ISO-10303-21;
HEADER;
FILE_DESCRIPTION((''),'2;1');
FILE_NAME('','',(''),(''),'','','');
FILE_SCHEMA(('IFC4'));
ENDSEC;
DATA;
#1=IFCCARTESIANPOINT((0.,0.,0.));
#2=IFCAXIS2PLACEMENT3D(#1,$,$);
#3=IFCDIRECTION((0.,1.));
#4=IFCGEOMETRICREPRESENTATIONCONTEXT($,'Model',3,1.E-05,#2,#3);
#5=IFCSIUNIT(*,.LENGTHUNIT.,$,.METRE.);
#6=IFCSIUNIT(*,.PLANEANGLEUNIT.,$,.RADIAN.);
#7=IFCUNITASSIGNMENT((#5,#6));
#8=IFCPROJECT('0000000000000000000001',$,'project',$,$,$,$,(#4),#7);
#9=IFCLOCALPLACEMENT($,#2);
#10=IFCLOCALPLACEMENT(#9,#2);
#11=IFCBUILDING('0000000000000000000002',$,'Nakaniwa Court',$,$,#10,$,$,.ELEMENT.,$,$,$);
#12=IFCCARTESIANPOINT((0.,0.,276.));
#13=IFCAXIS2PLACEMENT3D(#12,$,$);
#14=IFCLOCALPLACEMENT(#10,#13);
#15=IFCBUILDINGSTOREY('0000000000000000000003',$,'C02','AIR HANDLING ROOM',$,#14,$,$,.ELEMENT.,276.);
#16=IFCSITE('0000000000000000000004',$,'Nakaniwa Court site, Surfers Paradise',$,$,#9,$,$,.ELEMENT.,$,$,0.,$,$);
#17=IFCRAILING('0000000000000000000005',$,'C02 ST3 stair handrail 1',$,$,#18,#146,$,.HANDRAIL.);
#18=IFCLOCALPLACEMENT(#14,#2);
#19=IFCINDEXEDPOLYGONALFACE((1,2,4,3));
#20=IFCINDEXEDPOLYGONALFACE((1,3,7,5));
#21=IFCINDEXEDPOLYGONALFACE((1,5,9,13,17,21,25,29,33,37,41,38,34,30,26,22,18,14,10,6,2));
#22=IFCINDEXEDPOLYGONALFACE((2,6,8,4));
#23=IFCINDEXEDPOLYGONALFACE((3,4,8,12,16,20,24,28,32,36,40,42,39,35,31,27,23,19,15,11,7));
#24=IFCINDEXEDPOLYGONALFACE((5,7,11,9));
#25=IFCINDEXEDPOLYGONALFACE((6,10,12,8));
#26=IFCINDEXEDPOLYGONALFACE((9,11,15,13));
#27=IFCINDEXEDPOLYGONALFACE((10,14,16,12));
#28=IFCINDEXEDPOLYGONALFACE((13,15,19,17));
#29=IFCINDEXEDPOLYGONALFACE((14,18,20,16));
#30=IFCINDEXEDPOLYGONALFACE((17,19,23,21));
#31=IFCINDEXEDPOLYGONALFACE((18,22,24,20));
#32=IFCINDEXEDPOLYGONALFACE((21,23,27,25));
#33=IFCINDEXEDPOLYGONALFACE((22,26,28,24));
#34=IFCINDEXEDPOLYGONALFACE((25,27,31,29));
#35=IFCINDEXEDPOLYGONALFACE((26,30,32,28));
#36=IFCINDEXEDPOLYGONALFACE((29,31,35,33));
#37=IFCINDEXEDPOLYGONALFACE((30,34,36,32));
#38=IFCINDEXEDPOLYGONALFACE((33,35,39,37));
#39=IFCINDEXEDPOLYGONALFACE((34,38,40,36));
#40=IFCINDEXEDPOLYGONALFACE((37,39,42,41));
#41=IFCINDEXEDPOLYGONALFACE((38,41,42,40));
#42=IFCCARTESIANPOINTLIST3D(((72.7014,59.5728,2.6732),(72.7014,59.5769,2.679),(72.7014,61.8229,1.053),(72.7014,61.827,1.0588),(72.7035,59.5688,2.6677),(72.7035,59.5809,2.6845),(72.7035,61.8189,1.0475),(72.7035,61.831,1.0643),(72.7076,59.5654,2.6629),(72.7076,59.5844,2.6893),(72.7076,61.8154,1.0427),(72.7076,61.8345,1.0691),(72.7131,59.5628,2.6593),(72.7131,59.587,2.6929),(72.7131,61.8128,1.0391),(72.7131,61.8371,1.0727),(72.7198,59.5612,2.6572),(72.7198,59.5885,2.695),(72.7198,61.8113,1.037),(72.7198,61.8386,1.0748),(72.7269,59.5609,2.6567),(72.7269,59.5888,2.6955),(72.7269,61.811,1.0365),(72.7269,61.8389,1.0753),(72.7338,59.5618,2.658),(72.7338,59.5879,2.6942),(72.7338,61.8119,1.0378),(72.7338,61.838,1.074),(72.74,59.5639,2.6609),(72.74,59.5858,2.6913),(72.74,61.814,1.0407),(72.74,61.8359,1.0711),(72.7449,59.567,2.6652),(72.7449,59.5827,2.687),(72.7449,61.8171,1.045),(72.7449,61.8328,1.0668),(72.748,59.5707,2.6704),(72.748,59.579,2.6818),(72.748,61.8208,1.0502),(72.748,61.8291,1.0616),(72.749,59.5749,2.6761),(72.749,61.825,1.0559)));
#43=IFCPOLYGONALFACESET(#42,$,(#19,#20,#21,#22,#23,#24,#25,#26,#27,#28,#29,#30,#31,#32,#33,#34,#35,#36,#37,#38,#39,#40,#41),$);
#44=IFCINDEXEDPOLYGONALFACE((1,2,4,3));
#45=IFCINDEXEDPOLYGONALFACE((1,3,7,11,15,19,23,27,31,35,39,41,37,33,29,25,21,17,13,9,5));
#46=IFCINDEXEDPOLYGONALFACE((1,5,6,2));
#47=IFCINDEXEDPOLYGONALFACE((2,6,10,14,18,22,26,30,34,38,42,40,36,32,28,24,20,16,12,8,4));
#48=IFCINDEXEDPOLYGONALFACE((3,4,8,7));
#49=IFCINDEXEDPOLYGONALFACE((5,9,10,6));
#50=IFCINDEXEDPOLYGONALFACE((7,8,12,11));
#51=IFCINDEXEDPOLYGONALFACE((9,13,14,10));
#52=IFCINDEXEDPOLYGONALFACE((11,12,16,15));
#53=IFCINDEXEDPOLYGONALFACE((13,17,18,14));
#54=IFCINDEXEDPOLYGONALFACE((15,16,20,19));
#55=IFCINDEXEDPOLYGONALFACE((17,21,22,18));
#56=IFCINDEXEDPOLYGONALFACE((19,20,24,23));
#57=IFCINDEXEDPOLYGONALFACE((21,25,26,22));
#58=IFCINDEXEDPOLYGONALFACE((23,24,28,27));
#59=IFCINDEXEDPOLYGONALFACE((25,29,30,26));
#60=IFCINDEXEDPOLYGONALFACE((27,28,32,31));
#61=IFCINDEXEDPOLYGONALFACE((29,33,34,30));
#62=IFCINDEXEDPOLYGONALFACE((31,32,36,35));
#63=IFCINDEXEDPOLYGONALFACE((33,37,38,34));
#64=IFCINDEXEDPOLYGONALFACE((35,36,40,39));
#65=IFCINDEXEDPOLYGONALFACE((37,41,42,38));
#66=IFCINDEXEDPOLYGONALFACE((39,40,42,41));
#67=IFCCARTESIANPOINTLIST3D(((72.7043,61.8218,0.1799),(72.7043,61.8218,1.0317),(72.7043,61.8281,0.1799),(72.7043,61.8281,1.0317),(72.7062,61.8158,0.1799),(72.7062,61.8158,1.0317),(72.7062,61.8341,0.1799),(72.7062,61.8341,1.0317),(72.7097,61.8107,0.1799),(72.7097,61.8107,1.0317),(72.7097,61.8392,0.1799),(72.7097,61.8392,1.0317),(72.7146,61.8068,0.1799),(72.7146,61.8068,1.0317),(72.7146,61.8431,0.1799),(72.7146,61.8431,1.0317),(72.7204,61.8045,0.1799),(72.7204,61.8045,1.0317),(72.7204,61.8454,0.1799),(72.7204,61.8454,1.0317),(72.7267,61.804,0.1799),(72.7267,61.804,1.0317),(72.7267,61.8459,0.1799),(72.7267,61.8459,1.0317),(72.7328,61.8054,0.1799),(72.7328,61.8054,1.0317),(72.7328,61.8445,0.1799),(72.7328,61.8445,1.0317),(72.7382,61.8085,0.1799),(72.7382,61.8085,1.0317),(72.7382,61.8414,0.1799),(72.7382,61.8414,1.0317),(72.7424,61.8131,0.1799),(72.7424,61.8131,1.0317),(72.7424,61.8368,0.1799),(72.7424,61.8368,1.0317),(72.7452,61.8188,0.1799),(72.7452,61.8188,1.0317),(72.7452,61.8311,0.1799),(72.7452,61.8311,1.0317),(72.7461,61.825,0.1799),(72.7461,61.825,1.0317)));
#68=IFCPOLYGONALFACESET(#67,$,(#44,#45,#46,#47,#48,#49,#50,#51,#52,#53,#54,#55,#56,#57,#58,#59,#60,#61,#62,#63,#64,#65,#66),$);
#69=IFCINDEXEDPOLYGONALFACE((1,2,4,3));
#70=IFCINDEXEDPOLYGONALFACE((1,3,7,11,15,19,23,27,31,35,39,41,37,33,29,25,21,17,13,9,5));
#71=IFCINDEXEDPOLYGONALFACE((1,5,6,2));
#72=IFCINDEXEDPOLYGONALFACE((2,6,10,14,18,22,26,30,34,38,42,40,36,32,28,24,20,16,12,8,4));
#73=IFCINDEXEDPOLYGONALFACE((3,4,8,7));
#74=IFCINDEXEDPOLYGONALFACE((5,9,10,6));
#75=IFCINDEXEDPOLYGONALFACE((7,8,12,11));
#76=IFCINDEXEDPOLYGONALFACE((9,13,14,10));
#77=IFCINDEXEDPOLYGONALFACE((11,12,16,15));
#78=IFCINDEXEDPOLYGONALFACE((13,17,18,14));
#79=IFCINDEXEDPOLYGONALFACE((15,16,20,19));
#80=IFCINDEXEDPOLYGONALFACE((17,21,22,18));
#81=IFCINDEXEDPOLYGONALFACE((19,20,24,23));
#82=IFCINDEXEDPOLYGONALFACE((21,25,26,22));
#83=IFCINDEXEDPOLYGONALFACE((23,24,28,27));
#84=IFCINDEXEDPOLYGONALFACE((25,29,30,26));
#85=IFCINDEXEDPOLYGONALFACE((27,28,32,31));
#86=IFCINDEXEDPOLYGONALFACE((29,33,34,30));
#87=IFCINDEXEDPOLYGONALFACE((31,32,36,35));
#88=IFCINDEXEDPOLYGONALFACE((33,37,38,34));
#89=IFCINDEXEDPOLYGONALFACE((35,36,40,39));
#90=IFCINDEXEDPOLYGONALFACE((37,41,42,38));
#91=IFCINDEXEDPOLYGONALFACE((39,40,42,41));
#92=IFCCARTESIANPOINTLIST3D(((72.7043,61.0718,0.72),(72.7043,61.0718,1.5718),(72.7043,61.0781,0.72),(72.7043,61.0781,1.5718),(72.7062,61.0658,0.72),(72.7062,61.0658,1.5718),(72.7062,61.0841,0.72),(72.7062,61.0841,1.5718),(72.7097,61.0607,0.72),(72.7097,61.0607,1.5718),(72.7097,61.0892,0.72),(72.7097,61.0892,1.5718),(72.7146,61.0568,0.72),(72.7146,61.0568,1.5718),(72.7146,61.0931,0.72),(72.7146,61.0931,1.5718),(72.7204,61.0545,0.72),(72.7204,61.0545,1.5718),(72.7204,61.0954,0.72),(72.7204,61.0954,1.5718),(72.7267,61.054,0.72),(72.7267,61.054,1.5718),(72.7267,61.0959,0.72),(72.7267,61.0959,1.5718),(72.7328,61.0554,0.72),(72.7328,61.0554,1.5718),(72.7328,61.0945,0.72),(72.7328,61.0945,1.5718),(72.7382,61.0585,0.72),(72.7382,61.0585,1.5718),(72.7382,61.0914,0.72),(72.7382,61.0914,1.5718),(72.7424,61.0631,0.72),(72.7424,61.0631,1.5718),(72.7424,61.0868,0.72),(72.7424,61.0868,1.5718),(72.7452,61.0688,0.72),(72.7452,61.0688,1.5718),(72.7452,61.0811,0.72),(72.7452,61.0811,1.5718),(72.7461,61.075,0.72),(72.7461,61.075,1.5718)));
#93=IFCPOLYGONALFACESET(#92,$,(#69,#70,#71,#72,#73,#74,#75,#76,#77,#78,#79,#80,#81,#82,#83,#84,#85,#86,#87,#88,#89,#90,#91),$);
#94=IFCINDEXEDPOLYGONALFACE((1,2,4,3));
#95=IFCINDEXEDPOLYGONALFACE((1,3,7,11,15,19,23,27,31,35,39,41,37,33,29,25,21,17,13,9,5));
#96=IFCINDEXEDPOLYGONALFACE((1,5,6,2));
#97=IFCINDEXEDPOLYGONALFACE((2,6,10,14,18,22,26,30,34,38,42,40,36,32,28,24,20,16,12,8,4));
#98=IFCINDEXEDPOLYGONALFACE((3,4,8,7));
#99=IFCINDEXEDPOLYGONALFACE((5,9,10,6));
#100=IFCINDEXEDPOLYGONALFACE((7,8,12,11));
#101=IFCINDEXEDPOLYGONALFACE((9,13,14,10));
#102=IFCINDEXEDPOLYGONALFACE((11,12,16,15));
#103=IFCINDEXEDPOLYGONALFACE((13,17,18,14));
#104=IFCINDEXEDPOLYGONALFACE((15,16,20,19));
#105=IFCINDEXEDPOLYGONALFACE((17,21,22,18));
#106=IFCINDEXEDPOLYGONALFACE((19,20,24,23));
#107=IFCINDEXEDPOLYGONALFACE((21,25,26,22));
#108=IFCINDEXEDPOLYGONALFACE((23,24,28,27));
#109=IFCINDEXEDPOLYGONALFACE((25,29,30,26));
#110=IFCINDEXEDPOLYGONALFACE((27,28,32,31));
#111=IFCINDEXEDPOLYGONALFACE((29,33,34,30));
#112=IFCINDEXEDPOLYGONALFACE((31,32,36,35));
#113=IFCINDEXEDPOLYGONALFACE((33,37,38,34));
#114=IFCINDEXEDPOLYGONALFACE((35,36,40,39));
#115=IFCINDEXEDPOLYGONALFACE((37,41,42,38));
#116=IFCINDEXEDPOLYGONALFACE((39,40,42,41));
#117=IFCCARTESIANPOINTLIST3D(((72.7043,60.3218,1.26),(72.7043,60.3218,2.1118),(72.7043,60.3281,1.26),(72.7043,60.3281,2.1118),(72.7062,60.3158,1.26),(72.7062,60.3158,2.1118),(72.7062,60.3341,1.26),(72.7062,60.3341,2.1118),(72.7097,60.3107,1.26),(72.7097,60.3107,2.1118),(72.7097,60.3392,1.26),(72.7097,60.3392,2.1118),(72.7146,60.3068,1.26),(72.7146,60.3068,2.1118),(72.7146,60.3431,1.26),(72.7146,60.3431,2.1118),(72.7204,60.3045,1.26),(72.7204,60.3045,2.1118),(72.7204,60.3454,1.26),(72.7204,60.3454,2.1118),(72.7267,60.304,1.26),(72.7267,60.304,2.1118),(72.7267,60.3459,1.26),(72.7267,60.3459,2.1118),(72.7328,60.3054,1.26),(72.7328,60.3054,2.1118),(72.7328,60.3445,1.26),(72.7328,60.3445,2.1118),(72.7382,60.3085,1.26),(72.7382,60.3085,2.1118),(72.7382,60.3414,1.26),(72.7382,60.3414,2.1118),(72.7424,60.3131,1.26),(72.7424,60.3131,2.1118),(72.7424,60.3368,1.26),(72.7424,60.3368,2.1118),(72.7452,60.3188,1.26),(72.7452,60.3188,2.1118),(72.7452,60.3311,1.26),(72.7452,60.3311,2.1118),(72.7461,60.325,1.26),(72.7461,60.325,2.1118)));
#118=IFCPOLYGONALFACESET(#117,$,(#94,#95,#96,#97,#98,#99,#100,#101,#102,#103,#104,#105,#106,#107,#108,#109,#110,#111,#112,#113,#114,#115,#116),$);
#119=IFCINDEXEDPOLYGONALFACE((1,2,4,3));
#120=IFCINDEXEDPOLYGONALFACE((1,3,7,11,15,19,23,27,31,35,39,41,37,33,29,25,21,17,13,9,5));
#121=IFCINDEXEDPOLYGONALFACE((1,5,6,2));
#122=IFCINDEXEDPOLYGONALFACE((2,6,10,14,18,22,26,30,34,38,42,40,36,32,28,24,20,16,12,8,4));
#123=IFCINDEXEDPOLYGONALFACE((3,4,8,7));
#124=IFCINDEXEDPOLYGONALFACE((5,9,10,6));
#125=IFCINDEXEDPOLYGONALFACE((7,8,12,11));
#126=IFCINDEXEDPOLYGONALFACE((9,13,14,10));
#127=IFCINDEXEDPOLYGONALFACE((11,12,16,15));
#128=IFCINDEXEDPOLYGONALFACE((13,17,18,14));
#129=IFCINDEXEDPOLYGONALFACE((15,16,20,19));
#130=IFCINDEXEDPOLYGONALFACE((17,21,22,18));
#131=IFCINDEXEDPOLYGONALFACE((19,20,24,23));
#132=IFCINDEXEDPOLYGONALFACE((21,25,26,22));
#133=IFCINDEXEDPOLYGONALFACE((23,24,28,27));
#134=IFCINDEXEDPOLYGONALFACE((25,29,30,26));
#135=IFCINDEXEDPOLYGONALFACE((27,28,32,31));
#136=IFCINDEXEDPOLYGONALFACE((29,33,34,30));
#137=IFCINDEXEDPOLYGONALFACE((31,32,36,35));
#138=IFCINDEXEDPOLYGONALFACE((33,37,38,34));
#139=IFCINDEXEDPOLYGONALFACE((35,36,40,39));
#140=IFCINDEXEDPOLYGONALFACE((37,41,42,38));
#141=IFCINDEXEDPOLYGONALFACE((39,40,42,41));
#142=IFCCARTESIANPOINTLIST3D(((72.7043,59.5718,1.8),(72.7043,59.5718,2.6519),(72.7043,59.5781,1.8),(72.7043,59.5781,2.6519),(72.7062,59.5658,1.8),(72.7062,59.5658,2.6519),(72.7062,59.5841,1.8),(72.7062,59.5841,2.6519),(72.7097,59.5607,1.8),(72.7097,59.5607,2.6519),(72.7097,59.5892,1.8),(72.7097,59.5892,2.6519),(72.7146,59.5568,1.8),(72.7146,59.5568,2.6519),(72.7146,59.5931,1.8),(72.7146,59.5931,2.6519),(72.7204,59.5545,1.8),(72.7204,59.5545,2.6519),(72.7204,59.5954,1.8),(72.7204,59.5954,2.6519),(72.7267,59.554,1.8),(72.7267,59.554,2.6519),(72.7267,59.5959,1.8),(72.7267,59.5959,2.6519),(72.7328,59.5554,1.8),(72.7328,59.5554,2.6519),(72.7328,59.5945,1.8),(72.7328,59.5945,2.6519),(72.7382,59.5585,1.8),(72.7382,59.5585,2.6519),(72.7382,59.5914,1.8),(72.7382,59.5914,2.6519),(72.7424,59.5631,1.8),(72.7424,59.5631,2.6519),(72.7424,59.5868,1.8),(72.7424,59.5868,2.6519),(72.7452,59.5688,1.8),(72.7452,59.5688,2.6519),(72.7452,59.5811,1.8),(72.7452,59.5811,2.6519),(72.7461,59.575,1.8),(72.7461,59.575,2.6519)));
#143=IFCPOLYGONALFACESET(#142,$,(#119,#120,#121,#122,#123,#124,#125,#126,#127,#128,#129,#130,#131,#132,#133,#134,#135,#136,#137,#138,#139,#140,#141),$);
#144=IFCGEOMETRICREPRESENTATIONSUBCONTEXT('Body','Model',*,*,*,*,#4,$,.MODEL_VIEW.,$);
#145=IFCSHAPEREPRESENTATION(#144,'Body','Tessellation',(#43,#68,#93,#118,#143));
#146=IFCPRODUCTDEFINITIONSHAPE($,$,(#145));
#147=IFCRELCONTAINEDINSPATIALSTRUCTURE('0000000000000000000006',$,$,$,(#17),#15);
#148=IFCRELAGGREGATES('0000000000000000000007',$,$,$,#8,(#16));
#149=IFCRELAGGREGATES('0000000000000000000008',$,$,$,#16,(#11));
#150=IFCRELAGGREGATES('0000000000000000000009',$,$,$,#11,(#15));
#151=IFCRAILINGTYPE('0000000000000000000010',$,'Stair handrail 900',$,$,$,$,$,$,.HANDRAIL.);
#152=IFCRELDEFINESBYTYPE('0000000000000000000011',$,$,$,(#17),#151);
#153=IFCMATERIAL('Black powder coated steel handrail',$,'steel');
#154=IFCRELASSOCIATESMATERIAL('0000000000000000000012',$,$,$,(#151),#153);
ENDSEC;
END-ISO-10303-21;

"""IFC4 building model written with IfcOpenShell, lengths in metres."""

from ifc_helpers import new_model, si_unit, direction, frame, origin, origin_2d, place, context, subcontext, project, spatial, circle, extrude, material, type_object, element, save


model = new_model("IFC4")

# Units and contexts
model_context = context("Model", 3, precision=1e-05, world=origin(), true_north=direction((0.0, 1.0)))
body_context = subcontext(model_context, "Body", "Model", "MODEL_VIEW")
ifc_project = project(units=[si_unit("LENGTHUNIT", "METRE"), si_unit("PLANEANGLEUNIT", "RADIAN")], contexts=[model_context])

# Site, building, storey
site_placement = place(None, origin())
site = spatial("IfcSite", under=ifc_project, at=site_placement, Name="Nakaniwa Court site, Surfers Paradise", CompositionType="ELEMENT", RefElevation=0.0)
building_placement = place(site_placement, origin())
building = spatial("IfcBuilding", under=site, at=building_placement, Name="Nakaniwa Court", CompositionType="ELEMENT")
storey_placement = place(building_placement, frame((0.0, 0.0, 276.0)))
storey = spatial("IfcBuildingStorey", under=building, at=storey_placement, Name="C02", Description="AIR HANDLING ROOM", CompositionType="ELEMENT", Elevation=276.0)

# Railing
ifc_material_1 = material(Name="Black powder coated steel handrail", Category="steel")
railing_type_1 = type_object("IfcRailingType", Name="Stair handrail 900", PredefinedType="HANDRAIL", material=ifc_material_1)
railing_1_placement = place(storey_placement, frame((72.7251, 61.825, 0.1799)))
element("IfcRailing", 1, at=railing_1_placement, inside=storey, type_object=railing_type_1, Name="C02 ST3 stair handrail 1", PredefinedType="HANDRAIL", context=body_context, shape_type="SweptSolid", body=[
    extrude(circle(Radius=0.0239, at=origin_2d()), frame((0.0, 0.0, 0.876), z_axis=(0.0, -0.811514, 0.584333), x_axis=(1.0, 0.0, 0.0)), (0.0, 0.0, 1.0), 2.7727),
    extrude(circle(Radius=0.021, at=origin_2d()), origin(), (0.0, 0.0, 1.0), 0.8518),
    extrude(circle(Radius=0.021, at=origin_2d()), frame((0.0, -0.75, 0.54)), (0.0, 0.0, 1.0), 0.8518),
    extrude(circle(Radius=0.021, at=origin_2d()), frame((0.0, -1.5, 1.0801)), (0.0, 0.0, 1.0), 0.8518),
    extrude(circle(Radius=0.021, at=origin_2d()), frame((0.0, -2.25, 1.6201)), (0.0, 0.0, 1.0), 0.8518),
])

save(model, "model.ifc")
